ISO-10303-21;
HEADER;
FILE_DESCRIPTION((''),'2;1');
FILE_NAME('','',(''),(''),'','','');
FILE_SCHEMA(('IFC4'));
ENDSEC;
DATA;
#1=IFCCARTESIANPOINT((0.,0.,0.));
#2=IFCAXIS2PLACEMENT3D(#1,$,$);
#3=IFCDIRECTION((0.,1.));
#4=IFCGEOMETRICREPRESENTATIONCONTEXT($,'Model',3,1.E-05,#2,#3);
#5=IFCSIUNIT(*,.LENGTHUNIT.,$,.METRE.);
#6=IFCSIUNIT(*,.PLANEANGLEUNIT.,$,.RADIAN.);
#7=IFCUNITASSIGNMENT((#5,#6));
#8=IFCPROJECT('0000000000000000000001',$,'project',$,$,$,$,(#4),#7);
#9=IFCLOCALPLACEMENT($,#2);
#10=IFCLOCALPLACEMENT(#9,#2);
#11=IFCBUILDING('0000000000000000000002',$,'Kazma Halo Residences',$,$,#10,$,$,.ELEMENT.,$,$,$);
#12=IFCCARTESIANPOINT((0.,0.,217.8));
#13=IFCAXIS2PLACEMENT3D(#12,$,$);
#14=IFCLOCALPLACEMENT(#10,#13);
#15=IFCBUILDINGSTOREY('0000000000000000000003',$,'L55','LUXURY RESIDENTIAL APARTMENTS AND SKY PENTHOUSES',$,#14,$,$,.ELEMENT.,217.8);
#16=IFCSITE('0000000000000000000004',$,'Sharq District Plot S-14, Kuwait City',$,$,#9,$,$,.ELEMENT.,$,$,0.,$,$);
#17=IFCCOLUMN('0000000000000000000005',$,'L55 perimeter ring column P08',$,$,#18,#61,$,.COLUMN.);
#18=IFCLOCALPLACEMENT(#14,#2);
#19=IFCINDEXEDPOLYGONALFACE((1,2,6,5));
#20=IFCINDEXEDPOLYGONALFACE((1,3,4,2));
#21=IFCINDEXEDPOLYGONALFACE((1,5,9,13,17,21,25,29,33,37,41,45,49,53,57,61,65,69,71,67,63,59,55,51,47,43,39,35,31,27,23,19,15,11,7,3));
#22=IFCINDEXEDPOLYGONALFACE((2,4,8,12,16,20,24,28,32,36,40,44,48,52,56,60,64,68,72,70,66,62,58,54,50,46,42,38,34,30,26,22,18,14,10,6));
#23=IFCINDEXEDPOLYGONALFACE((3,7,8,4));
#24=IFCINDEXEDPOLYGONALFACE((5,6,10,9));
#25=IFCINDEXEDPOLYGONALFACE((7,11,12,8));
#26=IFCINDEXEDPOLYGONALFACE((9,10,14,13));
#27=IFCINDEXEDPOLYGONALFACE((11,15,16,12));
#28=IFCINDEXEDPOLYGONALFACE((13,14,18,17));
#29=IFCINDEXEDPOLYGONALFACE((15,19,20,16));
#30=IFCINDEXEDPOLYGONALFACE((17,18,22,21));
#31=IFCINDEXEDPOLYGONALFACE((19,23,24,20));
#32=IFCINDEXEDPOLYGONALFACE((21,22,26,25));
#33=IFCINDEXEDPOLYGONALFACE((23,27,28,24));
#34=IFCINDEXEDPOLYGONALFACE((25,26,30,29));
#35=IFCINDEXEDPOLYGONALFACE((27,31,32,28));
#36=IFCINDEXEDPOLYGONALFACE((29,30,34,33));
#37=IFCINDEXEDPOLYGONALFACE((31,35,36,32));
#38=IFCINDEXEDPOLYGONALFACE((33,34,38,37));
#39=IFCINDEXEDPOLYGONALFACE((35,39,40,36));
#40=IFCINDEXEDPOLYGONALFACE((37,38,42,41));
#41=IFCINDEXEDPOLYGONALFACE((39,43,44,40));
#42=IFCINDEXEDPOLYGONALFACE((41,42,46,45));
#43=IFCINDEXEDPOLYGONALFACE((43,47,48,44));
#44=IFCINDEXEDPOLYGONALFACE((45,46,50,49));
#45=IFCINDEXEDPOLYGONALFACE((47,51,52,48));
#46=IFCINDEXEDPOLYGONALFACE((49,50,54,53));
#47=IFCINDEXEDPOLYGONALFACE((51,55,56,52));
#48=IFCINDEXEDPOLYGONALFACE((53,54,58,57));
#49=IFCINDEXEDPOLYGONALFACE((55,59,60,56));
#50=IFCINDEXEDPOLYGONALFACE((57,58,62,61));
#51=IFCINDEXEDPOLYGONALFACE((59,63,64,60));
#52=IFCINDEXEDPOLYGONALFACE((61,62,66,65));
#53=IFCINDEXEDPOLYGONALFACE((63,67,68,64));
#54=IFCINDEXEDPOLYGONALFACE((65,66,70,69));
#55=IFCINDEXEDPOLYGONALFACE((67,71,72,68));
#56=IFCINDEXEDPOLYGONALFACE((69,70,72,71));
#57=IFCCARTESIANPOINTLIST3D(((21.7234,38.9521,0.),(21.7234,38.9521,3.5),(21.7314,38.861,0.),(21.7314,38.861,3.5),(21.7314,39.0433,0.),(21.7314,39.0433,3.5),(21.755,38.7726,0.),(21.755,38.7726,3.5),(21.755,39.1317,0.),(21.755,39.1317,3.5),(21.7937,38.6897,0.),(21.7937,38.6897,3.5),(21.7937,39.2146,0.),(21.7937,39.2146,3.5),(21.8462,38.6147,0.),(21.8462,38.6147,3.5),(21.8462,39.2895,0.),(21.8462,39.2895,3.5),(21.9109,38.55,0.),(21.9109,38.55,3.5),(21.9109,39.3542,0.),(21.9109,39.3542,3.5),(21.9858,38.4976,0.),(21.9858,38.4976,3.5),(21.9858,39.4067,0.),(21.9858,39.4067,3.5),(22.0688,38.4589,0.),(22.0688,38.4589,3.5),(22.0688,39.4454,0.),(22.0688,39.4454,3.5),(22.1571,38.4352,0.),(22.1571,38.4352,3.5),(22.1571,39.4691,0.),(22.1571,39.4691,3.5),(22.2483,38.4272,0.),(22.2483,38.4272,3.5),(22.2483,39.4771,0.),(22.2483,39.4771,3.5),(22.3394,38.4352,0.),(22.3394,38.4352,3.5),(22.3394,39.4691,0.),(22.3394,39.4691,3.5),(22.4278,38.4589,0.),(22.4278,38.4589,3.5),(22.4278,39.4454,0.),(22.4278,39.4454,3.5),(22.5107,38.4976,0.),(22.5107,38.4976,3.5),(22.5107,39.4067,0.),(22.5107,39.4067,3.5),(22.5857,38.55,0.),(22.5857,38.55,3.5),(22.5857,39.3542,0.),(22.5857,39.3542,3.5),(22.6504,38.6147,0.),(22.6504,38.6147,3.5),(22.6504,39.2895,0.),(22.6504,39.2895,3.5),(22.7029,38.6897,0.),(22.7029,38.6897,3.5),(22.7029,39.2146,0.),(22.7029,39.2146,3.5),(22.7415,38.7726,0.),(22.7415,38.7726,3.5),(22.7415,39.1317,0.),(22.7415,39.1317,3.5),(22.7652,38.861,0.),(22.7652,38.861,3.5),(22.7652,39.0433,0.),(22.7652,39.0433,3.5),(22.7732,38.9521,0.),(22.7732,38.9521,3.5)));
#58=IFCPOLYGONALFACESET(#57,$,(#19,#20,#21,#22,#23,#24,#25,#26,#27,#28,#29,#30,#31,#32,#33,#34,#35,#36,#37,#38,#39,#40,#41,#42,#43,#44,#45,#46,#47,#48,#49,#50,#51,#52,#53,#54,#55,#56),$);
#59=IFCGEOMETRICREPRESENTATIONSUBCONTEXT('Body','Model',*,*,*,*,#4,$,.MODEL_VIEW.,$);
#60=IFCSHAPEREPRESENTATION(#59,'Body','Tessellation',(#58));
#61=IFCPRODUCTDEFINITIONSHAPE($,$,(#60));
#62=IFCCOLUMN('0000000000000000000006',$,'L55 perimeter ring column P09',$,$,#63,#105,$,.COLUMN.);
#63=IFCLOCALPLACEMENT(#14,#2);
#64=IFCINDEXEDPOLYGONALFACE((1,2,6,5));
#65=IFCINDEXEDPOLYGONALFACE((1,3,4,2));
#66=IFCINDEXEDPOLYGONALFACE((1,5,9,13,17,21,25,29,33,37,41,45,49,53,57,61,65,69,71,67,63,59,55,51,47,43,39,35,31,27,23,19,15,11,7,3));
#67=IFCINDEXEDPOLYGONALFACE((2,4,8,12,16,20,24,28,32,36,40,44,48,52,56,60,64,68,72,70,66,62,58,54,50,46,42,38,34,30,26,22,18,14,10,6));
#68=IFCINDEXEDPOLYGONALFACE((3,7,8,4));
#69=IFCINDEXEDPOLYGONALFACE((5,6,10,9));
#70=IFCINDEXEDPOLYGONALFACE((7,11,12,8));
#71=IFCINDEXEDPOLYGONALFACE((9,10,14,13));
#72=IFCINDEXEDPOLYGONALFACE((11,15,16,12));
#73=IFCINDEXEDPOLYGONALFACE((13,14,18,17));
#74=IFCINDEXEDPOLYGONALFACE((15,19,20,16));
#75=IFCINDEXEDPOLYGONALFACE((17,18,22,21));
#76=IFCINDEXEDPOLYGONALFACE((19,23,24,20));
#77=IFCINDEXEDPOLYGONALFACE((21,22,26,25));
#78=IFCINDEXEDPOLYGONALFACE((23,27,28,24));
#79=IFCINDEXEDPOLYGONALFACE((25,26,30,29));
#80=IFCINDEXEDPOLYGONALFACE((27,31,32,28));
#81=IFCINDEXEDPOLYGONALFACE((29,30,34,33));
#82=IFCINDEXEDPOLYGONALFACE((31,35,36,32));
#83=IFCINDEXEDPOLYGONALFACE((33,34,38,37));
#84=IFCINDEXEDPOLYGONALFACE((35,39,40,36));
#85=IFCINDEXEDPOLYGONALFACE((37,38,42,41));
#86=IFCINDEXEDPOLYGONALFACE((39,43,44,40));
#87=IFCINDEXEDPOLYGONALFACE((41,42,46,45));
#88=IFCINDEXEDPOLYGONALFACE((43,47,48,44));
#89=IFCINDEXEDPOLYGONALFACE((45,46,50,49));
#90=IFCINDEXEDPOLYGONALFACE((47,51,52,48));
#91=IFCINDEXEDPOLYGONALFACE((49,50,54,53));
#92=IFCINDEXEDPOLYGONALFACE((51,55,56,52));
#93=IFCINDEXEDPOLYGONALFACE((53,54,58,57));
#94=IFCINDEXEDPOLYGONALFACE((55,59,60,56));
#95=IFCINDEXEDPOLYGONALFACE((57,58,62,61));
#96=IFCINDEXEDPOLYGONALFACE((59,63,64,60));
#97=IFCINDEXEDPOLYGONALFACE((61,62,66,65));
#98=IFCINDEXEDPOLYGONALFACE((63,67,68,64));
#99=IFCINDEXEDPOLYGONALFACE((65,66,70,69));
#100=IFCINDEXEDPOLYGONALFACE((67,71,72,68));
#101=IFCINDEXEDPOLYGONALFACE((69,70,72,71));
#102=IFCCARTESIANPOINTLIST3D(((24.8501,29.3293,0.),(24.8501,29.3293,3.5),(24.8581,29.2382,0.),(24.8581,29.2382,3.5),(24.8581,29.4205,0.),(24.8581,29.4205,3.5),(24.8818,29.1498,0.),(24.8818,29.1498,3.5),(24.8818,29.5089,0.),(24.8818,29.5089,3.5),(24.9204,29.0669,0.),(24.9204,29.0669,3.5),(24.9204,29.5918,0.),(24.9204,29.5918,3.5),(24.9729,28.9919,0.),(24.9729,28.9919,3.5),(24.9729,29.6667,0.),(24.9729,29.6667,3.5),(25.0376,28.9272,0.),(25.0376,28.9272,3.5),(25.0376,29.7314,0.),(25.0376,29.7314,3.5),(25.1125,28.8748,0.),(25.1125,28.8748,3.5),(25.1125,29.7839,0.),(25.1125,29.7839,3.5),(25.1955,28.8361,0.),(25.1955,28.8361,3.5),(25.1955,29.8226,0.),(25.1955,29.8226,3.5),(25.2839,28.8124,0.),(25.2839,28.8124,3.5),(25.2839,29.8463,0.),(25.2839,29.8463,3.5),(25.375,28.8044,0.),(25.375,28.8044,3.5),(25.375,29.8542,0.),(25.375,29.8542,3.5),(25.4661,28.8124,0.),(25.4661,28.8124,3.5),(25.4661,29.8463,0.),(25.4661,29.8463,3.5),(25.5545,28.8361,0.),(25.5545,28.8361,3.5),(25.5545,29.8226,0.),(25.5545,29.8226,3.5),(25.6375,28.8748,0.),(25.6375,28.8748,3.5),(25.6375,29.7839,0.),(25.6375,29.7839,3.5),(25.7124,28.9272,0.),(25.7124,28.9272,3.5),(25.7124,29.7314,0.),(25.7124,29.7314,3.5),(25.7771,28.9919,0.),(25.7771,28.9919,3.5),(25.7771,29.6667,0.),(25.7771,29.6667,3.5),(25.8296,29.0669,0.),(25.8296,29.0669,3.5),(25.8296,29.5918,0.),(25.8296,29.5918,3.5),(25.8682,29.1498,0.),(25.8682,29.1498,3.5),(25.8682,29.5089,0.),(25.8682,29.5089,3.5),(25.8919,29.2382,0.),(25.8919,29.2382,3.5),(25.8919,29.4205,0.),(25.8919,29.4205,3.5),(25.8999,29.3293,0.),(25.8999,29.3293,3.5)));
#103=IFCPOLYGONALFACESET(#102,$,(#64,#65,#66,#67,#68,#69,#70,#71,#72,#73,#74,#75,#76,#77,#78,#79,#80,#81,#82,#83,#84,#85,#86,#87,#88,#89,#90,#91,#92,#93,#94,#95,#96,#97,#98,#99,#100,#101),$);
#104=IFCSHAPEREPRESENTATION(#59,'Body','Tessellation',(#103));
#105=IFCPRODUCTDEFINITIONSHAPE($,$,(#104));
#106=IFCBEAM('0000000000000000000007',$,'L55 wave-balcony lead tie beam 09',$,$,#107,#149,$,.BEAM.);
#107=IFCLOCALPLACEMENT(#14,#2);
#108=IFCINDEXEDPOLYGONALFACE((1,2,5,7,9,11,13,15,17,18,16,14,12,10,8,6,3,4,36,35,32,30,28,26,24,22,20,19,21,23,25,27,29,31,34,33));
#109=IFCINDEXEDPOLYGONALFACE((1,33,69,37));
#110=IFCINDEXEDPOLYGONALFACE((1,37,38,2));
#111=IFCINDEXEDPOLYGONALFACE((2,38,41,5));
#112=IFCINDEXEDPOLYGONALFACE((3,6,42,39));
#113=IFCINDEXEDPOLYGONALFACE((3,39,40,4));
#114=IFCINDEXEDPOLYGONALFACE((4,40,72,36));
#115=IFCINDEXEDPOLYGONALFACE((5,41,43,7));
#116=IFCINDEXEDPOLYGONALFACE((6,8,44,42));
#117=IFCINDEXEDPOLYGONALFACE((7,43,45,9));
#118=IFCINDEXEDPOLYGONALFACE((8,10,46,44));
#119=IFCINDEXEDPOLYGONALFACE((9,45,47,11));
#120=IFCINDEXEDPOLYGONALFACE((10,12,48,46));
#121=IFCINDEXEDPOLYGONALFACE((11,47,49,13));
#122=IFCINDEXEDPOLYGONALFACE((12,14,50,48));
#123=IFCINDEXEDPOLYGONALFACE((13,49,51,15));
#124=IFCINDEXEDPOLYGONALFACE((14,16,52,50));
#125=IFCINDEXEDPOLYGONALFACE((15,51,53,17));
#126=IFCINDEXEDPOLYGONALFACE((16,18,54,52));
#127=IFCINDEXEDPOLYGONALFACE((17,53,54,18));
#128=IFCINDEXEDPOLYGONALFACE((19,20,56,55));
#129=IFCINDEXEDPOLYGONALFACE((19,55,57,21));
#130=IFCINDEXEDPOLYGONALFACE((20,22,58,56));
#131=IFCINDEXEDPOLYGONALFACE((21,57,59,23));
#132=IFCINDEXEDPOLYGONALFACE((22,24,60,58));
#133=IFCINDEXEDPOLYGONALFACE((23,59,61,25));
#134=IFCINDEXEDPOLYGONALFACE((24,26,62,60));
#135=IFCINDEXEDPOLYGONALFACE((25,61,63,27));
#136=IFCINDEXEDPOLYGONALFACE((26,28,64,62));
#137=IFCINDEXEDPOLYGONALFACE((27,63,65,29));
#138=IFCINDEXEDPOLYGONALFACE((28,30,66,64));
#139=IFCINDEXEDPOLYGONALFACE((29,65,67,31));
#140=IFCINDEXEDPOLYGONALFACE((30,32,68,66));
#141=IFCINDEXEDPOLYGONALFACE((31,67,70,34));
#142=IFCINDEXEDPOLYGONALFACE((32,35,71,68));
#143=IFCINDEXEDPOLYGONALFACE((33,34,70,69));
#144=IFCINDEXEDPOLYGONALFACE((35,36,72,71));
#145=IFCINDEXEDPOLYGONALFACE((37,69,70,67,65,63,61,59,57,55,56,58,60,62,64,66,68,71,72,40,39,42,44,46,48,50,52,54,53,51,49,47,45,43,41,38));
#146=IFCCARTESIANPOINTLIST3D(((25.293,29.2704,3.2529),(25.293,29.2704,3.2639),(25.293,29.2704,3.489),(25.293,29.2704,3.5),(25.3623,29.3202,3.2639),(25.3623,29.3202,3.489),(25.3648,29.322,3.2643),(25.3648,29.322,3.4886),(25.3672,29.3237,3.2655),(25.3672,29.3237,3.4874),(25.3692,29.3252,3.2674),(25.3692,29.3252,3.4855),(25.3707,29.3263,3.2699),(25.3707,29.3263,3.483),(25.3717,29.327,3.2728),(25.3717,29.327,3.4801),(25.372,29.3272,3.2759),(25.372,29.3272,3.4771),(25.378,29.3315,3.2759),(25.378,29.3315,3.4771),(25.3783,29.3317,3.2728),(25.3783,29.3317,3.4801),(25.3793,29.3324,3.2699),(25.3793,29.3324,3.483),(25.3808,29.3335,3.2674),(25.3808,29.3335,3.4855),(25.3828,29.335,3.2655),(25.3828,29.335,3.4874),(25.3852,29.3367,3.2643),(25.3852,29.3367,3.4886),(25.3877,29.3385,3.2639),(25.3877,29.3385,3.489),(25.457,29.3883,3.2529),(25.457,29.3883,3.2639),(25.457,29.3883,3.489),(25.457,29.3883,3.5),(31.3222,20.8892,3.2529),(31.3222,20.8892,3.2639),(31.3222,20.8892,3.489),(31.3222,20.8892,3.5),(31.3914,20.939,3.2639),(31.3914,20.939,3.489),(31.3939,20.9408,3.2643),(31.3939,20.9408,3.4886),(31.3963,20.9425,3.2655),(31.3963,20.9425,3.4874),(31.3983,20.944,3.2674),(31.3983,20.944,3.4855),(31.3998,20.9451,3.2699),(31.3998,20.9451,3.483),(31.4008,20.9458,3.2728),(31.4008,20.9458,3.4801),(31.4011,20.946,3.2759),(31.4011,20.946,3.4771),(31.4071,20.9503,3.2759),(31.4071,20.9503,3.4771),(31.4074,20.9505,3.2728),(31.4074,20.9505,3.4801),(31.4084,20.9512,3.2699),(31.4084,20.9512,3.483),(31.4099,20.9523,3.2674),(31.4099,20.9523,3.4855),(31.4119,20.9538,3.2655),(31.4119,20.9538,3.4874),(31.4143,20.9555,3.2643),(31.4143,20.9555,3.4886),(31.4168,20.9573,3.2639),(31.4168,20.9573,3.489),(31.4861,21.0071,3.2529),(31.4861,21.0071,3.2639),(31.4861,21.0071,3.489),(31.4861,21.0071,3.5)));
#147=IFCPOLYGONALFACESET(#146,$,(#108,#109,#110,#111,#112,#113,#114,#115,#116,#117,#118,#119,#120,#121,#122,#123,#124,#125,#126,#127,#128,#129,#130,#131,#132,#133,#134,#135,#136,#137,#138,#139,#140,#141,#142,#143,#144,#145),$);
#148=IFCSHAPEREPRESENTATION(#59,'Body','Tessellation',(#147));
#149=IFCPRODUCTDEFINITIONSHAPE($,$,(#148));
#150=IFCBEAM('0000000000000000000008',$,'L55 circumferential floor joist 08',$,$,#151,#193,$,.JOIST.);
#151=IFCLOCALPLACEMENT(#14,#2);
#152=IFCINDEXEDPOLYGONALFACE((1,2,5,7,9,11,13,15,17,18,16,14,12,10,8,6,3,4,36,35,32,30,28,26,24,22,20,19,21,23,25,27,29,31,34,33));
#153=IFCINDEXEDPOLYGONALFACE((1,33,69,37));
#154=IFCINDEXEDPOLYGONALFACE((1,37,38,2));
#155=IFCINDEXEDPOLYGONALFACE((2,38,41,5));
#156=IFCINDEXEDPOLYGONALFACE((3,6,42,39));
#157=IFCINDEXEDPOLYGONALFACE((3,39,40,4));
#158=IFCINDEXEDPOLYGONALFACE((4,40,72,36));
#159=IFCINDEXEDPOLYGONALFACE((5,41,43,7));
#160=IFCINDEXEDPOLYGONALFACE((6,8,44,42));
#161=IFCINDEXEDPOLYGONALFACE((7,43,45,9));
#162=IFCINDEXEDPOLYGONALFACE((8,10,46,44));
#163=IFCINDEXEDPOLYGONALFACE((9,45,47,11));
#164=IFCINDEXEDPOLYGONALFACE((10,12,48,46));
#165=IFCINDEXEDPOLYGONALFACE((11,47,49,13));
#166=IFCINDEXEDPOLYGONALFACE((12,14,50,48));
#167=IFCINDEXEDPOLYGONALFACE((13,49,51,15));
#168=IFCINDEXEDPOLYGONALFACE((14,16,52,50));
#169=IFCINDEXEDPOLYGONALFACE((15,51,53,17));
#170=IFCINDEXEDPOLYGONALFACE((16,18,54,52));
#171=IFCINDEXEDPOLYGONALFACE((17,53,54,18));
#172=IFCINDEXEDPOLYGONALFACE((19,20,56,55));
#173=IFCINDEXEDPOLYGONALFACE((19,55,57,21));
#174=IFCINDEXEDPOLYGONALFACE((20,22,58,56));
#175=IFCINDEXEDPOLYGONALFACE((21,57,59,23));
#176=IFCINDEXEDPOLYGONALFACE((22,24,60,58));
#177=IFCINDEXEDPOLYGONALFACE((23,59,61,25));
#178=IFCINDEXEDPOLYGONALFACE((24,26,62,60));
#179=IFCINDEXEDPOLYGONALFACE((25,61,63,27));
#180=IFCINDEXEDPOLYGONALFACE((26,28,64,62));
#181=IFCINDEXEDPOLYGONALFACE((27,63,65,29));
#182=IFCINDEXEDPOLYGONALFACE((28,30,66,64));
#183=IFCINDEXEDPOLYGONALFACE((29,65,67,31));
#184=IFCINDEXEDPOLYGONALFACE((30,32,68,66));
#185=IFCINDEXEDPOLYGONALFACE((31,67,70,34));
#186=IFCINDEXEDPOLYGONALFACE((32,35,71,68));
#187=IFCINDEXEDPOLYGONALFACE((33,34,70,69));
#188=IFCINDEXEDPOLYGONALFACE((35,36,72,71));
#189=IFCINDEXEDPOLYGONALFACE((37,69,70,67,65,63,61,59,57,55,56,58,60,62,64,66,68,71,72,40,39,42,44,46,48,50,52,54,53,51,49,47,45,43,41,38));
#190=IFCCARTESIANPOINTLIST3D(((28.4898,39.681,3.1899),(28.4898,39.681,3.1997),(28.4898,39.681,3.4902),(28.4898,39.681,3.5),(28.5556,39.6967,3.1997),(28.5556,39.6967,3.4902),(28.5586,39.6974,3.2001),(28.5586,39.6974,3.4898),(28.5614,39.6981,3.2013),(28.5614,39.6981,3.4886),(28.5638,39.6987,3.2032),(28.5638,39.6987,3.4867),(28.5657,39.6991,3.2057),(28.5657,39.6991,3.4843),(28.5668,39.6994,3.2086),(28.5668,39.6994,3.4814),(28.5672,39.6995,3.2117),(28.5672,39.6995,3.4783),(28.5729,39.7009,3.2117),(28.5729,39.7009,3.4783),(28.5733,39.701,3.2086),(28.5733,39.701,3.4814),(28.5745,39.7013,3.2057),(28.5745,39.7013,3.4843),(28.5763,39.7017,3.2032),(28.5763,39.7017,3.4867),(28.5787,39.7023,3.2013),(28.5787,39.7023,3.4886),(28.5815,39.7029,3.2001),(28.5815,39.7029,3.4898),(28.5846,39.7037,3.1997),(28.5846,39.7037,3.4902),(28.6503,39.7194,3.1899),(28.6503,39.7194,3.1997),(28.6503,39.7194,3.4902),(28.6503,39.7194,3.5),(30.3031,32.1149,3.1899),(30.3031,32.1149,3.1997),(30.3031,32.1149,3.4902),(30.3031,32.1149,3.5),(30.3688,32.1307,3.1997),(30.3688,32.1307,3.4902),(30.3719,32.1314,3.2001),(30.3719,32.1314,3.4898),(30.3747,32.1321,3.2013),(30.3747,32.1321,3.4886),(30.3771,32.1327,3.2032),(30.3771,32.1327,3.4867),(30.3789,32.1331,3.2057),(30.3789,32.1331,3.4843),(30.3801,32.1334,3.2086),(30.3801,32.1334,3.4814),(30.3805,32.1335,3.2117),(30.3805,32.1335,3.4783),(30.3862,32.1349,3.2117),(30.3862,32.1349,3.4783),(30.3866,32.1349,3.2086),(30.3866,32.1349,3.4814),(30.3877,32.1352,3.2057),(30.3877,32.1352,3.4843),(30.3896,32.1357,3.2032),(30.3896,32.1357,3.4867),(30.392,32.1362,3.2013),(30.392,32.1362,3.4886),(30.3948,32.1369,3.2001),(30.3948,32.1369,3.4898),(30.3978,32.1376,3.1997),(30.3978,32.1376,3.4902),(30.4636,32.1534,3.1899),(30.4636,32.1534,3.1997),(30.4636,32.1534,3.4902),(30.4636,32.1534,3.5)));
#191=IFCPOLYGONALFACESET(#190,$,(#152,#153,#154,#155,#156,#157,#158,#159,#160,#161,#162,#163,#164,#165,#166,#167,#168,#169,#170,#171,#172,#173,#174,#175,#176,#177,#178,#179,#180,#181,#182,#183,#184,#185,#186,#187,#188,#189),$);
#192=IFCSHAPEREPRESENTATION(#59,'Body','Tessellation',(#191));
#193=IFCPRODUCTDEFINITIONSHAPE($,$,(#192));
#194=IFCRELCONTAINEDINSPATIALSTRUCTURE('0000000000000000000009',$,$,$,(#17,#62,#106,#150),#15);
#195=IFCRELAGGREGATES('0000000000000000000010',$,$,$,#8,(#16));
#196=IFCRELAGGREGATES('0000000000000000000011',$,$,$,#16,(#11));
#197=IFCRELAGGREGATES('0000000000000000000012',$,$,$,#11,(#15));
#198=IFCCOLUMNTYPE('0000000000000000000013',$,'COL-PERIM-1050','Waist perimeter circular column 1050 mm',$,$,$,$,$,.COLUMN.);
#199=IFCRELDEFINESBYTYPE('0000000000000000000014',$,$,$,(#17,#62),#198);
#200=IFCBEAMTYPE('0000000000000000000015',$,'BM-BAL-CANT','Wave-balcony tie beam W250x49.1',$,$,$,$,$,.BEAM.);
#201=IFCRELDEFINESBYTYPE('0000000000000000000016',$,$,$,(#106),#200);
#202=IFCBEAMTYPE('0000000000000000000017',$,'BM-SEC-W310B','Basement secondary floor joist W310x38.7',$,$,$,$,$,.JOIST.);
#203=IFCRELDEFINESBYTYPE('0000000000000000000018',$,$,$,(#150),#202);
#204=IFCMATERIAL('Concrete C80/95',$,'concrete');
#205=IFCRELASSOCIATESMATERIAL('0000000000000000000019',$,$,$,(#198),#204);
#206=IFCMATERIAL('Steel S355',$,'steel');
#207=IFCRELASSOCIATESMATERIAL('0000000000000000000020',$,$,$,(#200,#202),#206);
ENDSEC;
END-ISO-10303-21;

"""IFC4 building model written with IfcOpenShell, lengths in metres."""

from ifc_helpers import new_model, si_unit, direction, frame, origin, origin_2d, place, context, subcontext, project, spatial, circle, i_section, extrude, material, material_profile, profile_set, type_object, element, save


model = new_model("IFC4")

# Units and contexts
model_context = context("Model", 3, precision=1e-05, world=origin(), true_north=direction((0.0, 1.0)))
body_context = subcontext(model_context, "Body", "Model", "MODEL_VIEW")
ifc_project = project(units=[si_unit("LENGTHUNIT", "METRE"), si_unit("PLANEANGLEUNIT", "RADIAN")], contexts=[model_context])

# Site, building, storey
site_placement = place(None, origin())
site = spatial("IfcSite", under=ifc_project, at=site_placement, Name="Sharq District Plot S-14, Kuwait City", CompositionType="ELEMENT", RefElevation=0.0)
building_placement = place(site_placement, origin())
building = spatial("IfcBuilding", under=site, at=building_placement, Name="Kazma Halo Residences", CompositionType="ELEMENT")
storey_placement = place(building_placement, frame((0.0, 0.0, 217.8)))
storey = spatial("IfcBuildingStorey", under=building, at=storey_placement, Name="L55", Description="LUXURY RESIDENTIAL APARTMENTS AND SKY PENTHOUSES", CompositionType="ELEMENT", Elevation=217.8)

# Columns
ifc_material_1 = material(Name="Concrete C80/95", Category="concrete")
ifc_material_profile_1 = material_profile(ifc_material_1, circle(Radius=0.5249, at=origin_2d()), Name="CIRC1050")
ifc_profile_set_1 = profile_set([ifc_material_profile_1], Name="Concrete C80/95")
column_type = type_object("IfcColumnType", Name="COL-PERIM-1050", Description="Waist perimeter circular column 1050 mm", PredefinedType="COLUMN", material=ifc_profile_set_1)
for number, where, z_axis, x_axis, name in (
    (1, (22.2483, 38.9521, 0.0), (0.0, 0.0, 1.0), (1.0, 0.0, 0.0), "L55 perimeter ring column P08"),
    (2, (25.375, 29.3293, 0.0), (0.0, 0.0, 1.0), (1.0, 0.0, 0.0), "L55 perimeter ring column P09"),
):
    element("IfcColumn", number, at=place(storey_placement, frame(where, z_axis=z_axis, x_axis=x_axis)), inside=storey, type_object=column_type, Name=name, PredefinedType="COLUMN", context=body_context, shape_type="SweptSolid", body=[
        extrude(circle(Radius=0.5249, at=origin_2d()), origin(), (0.0, 0.0, 1.0), 3.5),
    ])

# Beams
ifc_material_2 = material(Name="Steel S355", Category="steel")
ifc_material_profile_2 = material_profile(ifc_material_2, i_section(OverallWidth=0.2019, OverallDepth=0.2471, WebThickness=0.0073, FlangeThickness=0.011, FilletRadius=0.012, at=origin_2d()), Name="W250x49.1")
ifc_profile_set_2 = profile_set([ifc_material_profile_2], Name="Steel S355")
beam_type_1 = type_object("IfcBeamType", Name="BM-BAL-CANT", Description="Wave-balcony tie beam W250x49.1", PredefinedType="BEAM", material=ifc_profile_set_2)
beam_1_placement = place(storey_placement, frame((25.375, 29.3293, 3.3765), z_axis=(0.583964, -0.81178, 0.0), x_axis=(0.81178, 0.583964, 0.0)))
element("IfcBeam", 3, at=beam_1_placement, inside=storey, type_object=beam_type_1, Name="L55 wave-balcony lead tie beam 09", PredefinedType="BEAM", context=body_context, shape_type="SweptSolid", body=[
    extrude(i_section(OverallWidth=0.2019, OverallDepth=0.2471, WebThickness=0.0073, FlangeThickness=0.011, FilletRadius=0.012, at=origin_2d()), origin(), (0.0, 0.0, 1.0), 10.3245),
])
ifc_material_profile_3 = material_profile(ifc_material_2, i_section(OverallWidth=0.165, OverallDepth=0.3101, WebThickness=0.0059, FlangeThickness=0.0098, FilletRadius=0.012, at=origin_2d()), Name="W310x38.7")
ifc_profile_set_3 = profile_set([ifc_material_profile_3], Name="Steel S355")
beam_type_2 = type_object("IfcBeamType", Name="BM-SEC-W310B", Description="Basement secondary floor joist W310x38.7", PredefinedType="JOIST", material=ifc_profile_set_3)
beam_2_placement = place(storey_placement, frame((28.5701, 39.7002, 3.345), z_axis=(0.233058, -0.972463, 0.0), x_axis=(0.972463, 0.233058, 0.0)))
element("IfcBeam", 4, at=beam_2_placement, inside=storey, type_object=beam_type_2, Name="L55 circumferential floor joist 08", PredefinedType="JOIST", context=body_context, shape_type="SweptSolid", body=[
    extrude(i_section(OverallWidth=0.165, OverallDepth=0.3101, WebThickness=0.0059, FlangeThickness=0.0098, FilletRadius=0.012, at=origin_2d()), origin(), (0.0, 0.0, 1.0), 7.7803),
])

save(model, "model.ifc")
